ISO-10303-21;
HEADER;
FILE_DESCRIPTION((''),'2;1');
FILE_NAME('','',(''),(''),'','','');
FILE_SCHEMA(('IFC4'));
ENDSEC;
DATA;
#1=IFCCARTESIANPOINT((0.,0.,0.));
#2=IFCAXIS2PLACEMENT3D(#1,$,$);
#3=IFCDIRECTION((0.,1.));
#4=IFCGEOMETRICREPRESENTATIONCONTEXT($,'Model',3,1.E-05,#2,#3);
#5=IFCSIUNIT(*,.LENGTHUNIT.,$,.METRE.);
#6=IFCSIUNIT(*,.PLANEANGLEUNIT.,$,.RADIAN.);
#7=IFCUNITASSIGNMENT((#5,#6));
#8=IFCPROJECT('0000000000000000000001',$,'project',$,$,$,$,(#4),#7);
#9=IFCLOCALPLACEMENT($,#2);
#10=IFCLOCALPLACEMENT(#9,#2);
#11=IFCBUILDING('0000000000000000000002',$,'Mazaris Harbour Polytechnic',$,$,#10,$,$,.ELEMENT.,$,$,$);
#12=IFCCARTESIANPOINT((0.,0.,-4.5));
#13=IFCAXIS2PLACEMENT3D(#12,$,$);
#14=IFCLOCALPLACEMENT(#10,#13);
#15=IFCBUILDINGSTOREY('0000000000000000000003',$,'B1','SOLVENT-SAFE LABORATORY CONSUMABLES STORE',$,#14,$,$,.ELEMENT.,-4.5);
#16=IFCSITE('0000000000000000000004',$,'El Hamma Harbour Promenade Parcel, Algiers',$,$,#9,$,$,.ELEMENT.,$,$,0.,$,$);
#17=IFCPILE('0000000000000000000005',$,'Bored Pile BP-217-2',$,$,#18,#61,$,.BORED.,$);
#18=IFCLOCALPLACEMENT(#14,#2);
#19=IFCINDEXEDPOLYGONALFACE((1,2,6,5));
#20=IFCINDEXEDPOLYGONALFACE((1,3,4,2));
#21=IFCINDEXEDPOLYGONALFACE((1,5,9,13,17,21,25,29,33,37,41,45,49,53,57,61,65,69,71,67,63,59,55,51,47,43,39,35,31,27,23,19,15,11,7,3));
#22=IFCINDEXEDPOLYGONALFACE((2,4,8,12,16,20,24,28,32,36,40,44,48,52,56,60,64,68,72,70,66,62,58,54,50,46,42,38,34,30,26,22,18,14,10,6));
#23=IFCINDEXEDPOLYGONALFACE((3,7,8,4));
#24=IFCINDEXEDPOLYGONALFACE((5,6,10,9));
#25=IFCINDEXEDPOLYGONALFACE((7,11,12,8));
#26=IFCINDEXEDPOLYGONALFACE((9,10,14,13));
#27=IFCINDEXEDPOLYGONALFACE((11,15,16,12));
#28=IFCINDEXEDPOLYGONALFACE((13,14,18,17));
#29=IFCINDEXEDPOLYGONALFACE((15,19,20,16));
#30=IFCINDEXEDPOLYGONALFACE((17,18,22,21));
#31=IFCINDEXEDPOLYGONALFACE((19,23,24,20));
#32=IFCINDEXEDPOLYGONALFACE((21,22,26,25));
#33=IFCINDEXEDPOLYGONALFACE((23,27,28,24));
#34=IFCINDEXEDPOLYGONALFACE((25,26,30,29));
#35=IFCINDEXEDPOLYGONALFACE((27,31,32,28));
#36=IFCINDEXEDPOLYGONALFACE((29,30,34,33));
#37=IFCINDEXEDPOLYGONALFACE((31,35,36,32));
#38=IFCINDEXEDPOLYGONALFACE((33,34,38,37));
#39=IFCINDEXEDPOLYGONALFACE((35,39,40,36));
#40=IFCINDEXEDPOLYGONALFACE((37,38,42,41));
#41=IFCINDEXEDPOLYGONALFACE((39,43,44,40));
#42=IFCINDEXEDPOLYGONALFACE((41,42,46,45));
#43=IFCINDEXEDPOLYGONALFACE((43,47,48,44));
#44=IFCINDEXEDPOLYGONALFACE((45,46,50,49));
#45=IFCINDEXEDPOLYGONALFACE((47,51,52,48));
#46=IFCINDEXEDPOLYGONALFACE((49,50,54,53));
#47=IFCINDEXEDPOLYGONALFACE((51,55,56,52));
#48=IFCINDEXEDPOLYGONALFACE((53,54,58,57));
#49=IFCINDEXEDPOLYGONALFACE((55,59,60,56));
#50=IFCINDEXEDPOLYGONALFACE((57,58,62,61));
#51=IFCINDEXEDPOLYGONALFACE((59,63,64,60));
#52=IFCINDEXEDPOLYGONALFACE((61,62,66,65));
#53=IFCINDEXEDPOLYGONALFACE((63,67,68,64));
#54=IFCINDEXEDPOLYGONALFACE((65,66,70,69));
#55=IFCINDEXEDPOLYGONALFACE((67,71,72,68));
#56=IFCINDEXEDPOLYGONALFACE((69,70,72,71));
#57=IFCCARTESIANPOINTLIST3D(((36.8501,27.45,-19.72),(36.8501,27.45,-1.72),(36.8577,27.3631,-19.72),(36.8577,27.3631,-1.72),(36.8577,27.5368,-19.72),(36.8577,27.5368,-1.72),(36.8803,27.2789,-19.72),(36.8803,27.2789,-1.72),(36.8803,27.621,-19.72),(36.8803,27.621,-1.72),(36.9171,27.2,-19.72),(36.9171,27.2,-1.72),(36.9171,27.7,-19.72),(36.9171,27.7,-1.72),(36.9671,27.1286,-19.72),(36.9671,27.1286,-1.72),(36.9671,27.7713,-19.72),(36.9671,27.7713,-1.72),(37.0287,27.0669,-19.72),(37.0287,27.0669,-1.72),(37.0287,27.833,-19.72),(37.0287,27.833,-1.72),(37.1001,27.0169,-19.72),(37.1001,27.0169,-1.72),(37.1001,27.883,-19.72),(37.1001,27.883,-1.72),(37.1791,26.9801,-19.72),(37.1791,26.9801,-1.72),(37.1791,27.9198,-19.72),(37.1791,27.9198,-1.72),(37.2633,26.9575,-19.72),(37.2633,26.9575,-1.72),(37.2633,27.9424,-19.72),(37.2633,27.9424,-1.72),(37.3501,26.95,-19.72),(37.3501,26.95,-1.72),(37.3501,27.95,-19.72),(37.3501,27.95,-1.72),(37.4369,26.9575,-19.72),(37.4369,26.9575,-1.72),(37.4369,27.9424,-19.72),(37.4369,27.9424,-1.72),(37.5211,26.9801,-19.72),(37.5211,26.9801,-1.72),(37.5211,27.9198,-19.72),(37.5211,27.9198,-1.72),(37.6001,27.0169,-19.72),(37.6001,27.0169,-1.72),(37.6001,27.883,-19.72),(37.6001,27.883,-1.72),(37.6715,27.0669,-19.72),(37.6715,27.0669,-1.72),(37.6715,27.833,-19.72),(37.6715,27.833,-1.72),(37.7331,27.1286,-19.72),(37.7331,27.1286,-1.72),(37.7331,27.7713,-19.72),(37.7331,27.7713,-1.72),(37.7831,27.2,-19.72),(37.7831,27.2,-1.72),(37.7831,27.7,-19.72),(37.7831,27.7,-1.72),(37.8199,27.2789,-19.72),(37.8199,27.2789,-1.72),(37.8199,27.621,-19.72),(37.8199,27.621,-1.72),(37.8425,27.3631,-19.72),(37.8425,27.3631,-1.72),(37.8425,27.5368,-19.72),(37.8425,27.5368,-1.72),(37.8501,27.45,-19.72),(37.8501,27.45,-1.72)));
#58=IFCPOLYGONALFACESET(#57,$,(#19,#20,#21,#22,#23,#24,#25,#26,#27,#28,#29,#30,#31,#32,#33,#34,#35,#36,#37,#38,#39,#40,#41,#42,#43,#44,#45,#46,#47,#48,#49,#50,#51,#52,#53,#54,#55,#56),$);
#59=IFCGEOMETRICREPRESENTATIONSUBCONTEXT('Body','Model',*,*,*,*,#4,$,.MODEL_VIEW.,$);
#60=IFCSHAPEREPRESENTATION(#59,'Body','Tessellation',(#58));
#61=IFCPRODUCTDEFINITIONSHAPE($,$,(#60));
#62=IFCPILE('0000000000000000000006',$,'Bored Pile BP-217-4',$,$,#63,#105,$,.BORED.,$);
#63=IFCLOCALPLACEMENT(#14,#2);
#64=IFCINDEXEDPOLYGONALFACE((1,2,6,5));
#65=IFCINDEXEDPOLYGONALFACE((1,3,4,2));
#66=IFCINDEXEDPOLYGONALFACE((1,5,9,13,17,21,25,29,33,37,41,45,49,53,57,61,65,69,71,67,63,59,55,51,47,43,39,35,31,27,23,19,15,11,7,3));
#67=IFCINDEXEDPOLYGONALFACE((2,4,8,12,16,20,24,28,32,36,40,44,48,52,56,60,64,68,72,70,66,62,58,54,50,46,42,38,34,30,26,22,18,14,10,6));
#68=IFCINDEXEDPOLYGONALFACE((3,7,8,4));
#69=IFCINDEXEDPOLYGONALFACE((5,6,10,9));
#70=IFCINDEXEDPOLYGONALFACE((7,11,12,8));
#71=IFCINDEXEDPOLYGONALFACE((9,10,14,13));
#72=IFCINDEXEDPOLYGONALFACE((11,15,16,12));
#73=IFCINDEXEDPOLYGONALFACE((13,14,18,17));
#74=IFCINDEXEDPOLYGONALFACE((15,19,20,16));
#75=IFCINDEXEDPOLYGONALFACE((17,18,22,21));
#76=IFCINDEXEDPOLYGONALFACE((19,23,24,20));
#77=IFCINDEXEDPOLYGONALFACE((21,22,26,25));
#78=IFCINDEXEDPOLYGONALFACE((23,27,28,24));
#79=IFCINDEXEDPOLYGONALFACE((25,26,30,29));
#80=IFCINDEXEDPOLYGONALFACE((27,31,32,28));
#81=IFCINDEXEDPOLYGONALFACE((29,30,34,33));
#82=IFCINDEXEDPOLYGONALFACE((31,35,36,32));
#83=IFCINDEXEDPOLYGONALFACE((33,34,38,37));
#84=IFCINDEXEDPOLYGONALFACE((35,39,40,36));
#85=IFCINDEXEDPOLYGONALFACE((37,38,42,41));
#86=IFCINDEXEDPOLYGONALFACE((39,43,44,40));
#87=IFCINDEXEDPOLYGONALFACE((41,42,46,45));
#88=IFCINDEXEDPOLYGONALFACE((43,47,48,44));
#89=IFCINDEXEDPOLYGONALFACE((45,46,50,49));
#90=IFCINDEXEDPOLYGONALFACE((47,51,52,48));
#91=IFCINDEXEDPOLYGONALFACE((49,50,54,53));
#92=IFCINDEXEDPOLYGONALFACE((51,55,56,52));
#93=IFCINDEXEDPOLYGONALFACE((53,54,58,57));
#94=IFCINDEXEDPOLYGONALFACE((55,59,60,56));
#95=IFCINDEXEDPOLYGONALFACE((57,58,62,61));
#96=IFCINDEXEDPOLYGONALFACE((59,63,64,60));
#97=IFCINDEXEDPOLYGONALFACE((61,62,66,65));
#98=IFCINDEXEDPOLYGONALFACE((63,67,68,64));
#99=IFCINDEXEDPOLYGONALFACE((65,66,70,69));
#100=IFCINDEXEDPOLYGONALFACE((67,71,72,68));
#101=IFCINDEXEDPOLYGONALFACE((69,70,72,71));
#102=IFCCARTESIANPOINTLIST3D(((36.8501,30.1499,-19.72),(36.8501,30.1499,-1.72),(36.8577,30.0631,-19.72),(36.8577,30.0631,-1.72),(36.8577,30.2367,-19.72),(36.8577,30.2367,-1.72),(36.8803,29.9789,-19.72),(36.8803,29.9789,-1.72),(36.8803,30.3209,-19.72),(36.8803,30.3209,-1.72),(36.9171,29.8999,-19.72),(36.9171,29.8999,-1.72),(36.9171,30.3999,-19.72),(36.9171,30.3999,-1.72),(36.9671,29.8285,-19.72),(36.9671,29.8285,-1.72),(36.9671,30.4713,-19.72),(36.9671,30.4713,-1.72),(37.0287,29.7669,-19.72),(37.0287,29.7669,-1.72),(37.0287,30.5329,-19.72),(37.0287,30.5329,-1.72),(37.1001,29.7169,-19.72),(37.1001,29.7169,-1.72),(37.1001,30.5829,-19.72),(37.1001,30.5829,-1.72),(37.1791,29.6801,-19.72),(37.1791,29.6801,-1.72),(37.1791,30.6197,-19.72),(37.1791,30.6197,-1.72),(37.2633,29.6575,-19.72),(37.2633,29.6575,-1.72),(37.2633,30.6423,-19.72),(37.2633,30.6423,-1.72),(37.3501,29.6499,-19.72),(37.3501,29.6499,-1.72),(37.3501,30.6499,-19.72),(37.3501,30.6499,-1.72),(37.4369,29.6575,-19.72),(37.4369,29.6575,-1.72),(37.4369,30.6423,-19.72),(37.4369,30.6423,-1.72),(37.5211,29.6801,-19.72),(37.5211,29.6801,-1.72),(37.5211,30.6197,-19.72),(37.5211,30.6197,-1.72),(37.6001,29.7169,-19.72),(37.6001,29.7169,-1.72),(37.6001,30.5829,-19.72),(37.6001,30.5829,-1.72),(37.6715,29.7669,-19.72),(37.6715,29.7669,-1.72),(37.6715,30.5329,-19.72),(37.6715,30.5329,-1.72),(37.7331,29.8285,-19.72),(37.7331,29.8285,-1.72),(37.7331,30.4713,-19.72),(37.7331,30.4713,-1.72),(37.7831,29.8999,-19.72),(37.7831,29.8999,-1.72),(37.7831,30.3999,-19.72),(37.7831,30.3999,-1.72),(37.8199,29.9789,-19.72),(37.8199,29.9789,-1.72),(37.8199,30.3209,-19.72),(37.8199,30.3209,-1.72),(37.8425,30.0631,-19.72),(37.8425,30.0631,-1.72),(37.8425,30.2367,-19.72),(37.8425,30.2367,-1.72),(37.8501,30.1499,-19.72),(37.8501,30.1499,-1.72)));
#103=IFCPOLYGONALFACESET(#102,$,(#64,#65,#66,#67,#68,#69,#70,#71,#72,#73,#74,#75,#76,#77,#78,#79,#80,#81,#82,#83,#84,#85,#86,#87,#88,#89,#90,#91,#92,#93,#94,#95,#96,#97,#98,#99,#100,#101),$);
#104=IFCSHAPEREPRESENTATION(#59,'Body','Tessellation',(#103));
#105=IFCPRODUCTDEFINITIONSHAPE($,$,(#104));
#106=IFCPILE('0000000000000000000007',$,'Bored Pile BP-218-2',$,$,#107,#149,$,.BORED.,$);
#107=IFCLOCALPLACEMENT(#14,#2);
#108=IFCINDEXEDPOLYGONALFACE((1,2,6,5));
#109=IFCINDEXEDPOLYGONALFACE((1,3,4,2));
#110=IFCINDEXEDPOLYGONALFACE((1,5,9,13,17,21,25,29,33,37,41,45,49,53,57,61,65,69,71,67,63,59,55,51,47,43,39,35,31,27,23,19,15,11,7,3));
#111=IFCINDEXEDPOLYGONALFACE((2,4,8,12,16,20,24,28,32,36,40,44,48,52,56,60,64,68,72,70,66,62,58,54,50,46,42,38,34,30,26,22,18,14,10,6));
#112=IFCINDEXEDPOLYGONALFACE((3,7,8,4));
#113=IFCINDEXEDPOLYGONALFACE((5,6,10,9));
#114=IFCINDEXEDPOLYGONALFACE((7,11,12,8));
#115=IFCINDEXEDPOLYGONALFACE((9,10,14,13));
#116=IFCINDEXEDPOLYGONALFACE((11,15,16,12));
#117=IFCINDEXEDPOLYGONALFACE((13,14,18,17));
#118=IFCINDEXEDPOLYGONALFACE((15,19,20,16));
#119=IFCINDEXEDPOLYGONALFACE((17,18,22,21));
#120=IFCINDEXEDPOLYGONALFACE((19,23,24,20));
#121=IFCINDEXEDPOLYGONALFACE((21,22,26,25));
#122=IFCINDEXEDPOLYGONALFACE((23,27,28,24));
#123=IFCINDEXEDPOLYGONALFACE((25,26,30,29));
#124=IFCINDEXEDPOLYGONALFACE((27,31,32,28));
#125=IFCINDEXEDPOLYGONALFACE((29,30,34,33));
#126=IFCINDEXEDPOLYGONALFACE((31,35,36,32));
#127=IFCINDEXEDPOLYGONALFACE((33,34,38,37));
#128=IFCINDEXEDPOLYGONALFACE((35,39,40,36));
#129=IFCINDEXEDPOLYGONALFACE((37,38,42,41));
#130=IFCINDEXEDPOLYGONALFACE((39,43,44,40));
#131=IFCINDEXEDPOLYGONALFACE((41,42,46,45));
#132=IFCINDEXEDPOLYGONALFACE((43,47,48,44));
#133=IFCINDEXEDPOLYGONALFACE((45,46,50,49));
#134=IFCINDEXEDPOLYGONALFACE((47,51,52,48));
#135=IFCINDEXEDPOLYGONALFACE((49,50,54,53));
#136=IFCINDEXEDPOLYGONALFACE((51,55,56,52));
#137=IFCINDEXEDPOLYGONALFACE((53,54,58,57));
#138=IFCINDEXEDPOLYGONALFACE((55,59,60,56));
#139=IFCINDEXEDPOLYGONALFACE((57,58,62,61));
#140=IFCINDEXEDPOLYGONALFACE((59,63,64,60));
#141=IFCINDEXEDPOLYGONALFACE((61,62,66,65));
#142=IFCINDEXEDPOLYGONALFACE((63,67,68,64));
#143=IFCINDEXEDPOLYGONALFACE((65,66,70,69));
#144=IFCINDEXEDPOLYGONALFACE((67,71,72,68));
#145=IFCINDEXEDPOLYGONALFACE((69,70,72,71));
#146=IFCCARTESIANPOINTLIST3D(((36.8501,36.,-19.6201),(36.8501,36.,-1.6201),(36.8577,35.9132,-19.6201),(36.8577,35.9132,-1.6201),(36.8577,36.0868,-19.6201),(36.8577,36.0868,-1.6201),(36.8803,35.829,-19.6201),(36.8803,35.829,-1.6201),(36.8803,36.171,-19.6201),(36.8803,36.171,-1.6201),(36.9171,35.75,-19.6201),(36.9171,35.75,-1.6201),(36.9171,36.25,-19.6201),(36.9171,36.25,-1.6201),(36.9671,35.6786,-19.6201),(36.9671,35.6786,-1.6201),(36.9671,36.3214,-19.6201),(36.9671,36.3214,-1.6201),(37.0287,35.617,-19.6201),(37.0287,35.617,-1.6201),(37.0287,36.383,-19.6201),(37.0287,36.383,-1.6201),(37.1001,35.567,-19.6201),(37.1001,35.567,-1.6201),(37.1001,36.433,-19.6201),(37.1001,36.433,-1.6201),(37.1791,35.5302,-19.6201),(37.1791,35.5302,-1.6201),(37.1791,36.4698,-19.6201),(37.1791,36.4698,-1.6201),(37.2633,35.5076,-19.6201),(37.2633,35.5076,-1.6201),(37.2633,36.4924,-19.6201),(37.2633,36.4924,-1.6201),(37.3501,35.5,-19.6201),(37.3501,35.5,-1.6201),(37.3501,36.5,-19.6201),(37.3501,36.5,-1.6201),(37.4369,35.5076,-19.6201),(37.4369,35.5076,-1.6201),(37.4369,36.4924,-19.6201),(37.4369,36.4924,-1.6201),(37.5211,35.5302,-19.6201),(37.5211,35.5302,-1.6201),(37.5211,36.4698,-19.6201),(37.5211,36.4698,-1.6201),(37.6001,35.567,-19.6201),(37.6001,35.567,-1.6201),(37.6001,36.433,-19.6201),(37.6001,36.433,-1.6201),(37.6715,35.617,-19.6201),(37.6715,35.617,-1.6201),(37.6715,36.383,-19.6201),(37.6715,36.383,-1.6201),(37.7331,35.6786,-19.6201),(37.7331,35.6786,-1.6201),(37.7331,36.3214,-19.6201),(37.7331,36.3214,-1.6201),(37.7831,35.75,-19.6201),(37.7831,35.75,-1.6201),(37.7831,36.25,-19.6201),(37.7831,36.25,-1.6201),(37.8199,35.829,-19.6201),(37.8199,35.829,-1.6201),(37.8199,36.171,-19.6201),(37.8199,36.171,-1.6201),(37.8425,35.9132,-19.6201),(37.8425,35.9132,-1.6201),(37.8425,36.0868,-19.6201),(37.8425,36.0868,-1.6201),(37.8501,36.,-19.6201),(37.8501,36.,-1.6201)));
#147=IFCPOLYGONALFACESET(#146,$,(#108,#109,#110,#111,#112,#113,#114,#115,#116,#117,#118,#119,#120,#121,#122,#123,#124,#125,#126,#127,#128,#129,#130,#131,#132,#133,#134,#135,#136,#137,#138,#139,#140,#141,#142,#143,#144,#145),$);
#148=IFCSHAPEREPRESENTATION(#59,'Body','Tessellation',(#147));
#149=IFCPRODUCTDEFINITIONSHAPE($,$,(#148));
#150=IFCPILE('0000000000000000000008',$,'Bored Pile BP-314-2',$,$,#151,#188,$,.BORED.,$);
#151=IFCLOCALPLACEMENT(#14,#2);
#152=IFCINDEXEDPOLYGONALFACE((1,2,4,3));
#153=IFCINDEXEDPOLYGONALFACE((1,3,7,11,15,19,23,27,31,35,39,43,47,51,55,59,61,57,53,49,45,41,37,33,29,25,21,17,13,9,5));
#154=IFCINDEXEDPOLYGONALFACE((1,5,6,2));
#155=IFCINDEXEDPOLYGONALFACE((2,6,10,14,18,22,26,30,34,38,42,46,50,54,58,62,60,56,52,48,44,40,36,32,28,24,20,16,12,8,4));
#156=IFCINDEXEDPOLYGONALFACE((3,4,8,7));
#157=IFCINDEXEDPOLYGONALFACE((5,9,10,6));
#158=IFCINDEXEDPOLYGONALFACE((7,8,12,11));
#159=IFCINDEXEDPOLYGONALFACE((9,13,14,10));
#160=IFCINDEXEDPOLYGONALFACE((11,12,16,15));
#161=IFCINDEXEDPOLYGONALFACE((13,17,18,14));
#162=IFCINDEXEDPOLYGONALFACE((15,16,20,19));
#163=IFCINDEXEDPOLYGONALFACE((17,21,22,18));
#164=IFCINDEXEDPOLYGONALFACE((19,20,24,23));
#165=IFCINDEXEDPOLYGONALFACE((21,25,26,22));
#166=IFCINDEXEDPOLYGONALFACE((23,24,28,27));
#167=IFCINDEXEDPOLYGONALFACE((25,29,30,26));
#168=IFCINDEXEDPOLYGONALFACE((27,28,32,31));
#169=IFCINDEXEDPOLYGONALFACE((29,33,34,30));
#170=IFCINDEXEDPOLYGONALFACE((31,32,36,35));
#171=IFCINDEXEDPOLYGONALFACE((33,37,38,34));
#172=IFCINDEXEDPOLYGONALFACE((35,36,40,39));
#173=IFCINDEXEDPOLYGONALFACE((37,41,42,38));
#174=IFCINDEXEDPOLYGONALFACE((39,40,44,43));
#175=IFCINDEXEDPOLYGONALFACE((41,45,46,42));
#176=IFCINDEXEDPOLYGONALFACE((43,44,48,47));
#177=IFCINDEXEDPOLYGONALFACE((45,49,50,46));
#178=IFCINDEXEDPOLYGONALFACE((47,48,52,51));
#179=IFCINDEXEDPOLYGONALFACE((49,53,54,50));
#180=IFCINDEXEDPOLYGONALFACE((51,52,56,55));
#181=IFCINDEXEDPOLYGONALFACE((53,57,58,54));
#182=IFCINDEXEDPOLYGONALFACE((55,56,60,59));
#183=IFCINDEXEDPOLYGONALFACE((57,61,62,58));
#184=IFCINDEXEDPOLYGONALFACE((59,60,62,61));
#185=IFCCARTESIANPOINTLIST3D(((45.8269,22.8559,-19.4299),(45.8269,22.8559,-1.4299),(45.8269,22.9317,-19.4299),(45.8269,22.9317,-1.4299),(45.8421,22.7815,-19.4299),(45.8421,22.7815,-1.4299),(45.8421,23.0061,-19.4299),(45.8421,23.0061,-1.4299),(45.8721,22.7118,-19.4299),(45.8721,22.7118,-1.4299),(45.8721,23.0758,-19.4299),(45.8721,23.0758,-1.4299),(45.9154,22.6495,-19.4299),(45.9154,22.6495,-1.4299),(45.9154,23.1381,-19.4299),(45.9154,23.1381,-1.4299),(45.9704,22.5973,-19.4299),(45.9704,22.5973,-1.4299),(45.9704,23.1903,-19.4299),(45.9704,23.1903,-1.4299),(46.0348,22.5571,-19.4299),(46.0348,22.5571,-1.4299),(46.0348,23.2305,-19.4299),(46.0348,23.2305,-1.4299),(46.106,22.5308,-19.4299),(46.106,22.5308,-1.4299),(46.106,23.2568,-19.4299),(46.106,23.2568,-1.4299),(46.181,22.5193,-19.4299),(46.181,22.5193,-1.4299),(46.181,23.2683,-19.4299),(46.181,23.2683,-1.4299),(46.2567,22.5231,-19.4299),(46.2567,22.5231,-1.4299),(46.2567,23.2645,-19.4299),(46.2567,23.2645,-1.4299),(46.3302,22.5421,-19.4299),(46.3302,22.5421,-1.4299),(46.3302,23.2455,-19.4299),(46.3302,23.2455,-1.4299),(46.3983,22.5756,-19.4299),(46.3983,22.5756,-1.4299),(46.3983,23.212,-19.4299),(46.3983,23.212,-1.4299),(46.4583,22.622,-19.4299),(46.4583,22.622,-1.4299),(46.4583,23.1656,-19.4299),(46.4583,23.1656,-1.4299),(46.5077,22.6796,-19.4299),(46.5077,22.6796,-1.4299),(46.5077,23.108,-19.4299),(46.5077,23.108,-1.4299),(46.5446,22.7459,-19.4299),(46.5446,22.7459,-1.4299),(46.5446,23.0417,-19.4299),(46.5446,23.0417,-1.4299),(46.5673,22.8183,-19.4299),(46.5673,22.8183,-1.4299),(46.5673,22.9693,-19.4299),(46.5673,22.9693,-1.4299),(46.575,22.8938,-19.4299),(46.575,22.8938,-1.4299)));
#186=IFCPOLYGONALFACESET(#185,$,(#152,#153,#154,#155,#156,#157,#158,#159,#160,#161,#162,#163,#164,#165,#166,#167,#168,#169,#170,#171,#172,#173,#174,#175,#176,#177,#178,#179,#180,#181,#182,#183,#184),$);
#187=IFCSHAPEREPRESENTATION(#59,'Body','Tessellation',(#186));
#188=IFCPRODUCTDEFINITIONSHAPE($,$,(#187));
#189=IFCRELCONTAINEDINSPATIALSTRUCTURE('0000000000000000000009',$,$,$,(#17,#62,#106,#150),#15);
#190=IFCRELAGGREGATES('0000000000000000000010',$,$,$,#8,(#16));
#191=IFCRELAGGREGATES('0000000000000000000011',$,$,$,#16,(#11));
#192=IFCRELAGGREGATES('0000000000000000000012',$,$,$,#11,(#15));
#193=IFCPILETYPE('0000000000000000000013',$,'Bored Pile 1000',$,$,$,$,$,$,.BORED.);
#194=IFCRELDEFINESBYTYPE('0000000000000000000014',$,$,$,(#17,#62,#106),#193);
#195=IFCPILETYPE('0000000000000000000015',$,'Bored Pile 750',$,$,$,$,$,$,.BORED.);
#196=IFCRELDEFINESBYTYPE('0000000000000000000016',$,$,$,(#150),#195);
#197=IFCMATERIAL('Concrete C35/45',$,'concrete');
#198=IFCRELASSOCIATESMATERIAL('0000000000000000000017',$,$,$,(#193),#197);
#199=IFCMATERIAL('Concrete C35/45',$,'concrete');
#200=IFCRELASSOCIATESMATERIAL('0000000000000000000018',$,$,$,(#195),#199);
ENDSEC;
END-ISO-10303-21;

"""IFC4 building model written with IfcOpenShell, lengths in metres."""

from ifc_helpers import new_model, si_unit, direction, frame, origin, origin_2d, place, context, subcontext, project, spatial, circle, extrude, material, material_profile, profile_set, type_object, element, save


model = new_model("IFC4")

# Units and contexts
model_context = context("Model", 3, precision=1e-05, world=origin(), true_north=direction((0.0, 1.0)))
body_context = subcontext(model_context, "Body", "Model", "MODEL_VIEW")
ifc_project = project(units=[si_unit("LENGTHUNIT", "METRE"), si_unit("PLANEANGLEUNIT", "RADIAN")], contexts=[model_context])

# Site, building, storey
site_placement = place(None, origin())
site = spatial("IfcSite", under=ifc_project, at=site_placement, Name="El Hamma Harbour Promenade Parcel, Algiers", CompositionType="ELEMENT", RefElevation=0.0)
building_placement = place(site_placement, origin())
building = spatial("IfcBuilding", under=site, at=building_placement, Name="Mazaris Harbour Polytechnic", CompositionType="ELEMENT")
storey_placement = place(building_placement, frame((0.0, 0.0, -4.5)))
storey = spatial("IfcBuildingStorey", under=building, at=storey_placement, Name="B1", Description="SOLVENT-SAFE LABORATORY CONSUMABLES STORE", CompositionType="ELEMENT", Elevation=-4.5)

# Piles
ifc_material_1 = material(Name="Concrete C35/45", Category="concrete")
ifc_material_profile_1 = material_profile(ifc_material_1, circle(Radius=0.5, at=origin_2d()), Name="DIA1000")
ifc_profile_set_1 = profile_set([ifc_material_profile_1], Name="Concrete C35/45")
pile_type_1 = type_object("IfcPileType", Name="Bored Pile 1000", PredefinedType="BORED", material=ifc_profile_set_1)
for number, where, z_axis, x_axis, name in (
    (1, (37.3501, 27.45, -1.72), (0.0, 0.0, -1.0), (1.0, 0.0, 0.0), "Bored Pile BP-217-2"),
    (2, (37.3501, 30.1499, -1.72), (0.0, 0.0, -1.0), (1.0, 0.0, 0.0), "Bored Pile BP-217-4"),
    (3, (37.3501, 36.0, -1.6201), (0.0, 0.0, -1.0), (1.0, 0.0, 0.0), "Bored Pile BP-218-2"),
):
    element("IfcPile", number, at=place(storey_placement, frame(where, z_axis=z_axis, x_axis=x_axis)), inside=storey, type_object=pile_type_1, Name=name, PredefinedType="BORED", context=body_context, shape_type="SweptSolid", body=[
        extrude(circle(Radius=0.5, at=origin_2d()), origin(), (0.0, 0.0, 1.0), 18.0),
    ])
ifc_material_2 = material(Name="Concrete C35/45", Category="concrete")
ifc_material_profile_2 = material_profile(ifc_material_2, circle(Radius=0.375, at=origin_2d()), Name="DIA750")
ifc_profile_set_2 = profile_set([ifc_material_profile_2], Name="Concrete C35/45")
pile_type_2 = type_object("IfcPileType", Name="Bored Pile 750", PredefinedType="BORED", material=ifc_profile_set_2)
for number, where, z_axis, x_axis, name in (
    (4, (46.2, 22.8938, -1.4299), (0.0, 0.0, -1.0), (1.0, 0.0, 0.0), "Bored Pile BP-314-2"),
):
    element("IfcPile", number, at=place(storey_placement, frame(where, z_axis=z_axis, x_axis=x_axis)), inside=storey, type_object=pile_type_2, Name=name, PredefinedType="BORED", context=body_context, shape_type="SweptSolid", body=[
        extrude(circle(Radius=0.375, at=origin_2d()), origin(), (0.0, 0.0, 1.0), 18.0),
    ])

save(model, "model.ifc")
